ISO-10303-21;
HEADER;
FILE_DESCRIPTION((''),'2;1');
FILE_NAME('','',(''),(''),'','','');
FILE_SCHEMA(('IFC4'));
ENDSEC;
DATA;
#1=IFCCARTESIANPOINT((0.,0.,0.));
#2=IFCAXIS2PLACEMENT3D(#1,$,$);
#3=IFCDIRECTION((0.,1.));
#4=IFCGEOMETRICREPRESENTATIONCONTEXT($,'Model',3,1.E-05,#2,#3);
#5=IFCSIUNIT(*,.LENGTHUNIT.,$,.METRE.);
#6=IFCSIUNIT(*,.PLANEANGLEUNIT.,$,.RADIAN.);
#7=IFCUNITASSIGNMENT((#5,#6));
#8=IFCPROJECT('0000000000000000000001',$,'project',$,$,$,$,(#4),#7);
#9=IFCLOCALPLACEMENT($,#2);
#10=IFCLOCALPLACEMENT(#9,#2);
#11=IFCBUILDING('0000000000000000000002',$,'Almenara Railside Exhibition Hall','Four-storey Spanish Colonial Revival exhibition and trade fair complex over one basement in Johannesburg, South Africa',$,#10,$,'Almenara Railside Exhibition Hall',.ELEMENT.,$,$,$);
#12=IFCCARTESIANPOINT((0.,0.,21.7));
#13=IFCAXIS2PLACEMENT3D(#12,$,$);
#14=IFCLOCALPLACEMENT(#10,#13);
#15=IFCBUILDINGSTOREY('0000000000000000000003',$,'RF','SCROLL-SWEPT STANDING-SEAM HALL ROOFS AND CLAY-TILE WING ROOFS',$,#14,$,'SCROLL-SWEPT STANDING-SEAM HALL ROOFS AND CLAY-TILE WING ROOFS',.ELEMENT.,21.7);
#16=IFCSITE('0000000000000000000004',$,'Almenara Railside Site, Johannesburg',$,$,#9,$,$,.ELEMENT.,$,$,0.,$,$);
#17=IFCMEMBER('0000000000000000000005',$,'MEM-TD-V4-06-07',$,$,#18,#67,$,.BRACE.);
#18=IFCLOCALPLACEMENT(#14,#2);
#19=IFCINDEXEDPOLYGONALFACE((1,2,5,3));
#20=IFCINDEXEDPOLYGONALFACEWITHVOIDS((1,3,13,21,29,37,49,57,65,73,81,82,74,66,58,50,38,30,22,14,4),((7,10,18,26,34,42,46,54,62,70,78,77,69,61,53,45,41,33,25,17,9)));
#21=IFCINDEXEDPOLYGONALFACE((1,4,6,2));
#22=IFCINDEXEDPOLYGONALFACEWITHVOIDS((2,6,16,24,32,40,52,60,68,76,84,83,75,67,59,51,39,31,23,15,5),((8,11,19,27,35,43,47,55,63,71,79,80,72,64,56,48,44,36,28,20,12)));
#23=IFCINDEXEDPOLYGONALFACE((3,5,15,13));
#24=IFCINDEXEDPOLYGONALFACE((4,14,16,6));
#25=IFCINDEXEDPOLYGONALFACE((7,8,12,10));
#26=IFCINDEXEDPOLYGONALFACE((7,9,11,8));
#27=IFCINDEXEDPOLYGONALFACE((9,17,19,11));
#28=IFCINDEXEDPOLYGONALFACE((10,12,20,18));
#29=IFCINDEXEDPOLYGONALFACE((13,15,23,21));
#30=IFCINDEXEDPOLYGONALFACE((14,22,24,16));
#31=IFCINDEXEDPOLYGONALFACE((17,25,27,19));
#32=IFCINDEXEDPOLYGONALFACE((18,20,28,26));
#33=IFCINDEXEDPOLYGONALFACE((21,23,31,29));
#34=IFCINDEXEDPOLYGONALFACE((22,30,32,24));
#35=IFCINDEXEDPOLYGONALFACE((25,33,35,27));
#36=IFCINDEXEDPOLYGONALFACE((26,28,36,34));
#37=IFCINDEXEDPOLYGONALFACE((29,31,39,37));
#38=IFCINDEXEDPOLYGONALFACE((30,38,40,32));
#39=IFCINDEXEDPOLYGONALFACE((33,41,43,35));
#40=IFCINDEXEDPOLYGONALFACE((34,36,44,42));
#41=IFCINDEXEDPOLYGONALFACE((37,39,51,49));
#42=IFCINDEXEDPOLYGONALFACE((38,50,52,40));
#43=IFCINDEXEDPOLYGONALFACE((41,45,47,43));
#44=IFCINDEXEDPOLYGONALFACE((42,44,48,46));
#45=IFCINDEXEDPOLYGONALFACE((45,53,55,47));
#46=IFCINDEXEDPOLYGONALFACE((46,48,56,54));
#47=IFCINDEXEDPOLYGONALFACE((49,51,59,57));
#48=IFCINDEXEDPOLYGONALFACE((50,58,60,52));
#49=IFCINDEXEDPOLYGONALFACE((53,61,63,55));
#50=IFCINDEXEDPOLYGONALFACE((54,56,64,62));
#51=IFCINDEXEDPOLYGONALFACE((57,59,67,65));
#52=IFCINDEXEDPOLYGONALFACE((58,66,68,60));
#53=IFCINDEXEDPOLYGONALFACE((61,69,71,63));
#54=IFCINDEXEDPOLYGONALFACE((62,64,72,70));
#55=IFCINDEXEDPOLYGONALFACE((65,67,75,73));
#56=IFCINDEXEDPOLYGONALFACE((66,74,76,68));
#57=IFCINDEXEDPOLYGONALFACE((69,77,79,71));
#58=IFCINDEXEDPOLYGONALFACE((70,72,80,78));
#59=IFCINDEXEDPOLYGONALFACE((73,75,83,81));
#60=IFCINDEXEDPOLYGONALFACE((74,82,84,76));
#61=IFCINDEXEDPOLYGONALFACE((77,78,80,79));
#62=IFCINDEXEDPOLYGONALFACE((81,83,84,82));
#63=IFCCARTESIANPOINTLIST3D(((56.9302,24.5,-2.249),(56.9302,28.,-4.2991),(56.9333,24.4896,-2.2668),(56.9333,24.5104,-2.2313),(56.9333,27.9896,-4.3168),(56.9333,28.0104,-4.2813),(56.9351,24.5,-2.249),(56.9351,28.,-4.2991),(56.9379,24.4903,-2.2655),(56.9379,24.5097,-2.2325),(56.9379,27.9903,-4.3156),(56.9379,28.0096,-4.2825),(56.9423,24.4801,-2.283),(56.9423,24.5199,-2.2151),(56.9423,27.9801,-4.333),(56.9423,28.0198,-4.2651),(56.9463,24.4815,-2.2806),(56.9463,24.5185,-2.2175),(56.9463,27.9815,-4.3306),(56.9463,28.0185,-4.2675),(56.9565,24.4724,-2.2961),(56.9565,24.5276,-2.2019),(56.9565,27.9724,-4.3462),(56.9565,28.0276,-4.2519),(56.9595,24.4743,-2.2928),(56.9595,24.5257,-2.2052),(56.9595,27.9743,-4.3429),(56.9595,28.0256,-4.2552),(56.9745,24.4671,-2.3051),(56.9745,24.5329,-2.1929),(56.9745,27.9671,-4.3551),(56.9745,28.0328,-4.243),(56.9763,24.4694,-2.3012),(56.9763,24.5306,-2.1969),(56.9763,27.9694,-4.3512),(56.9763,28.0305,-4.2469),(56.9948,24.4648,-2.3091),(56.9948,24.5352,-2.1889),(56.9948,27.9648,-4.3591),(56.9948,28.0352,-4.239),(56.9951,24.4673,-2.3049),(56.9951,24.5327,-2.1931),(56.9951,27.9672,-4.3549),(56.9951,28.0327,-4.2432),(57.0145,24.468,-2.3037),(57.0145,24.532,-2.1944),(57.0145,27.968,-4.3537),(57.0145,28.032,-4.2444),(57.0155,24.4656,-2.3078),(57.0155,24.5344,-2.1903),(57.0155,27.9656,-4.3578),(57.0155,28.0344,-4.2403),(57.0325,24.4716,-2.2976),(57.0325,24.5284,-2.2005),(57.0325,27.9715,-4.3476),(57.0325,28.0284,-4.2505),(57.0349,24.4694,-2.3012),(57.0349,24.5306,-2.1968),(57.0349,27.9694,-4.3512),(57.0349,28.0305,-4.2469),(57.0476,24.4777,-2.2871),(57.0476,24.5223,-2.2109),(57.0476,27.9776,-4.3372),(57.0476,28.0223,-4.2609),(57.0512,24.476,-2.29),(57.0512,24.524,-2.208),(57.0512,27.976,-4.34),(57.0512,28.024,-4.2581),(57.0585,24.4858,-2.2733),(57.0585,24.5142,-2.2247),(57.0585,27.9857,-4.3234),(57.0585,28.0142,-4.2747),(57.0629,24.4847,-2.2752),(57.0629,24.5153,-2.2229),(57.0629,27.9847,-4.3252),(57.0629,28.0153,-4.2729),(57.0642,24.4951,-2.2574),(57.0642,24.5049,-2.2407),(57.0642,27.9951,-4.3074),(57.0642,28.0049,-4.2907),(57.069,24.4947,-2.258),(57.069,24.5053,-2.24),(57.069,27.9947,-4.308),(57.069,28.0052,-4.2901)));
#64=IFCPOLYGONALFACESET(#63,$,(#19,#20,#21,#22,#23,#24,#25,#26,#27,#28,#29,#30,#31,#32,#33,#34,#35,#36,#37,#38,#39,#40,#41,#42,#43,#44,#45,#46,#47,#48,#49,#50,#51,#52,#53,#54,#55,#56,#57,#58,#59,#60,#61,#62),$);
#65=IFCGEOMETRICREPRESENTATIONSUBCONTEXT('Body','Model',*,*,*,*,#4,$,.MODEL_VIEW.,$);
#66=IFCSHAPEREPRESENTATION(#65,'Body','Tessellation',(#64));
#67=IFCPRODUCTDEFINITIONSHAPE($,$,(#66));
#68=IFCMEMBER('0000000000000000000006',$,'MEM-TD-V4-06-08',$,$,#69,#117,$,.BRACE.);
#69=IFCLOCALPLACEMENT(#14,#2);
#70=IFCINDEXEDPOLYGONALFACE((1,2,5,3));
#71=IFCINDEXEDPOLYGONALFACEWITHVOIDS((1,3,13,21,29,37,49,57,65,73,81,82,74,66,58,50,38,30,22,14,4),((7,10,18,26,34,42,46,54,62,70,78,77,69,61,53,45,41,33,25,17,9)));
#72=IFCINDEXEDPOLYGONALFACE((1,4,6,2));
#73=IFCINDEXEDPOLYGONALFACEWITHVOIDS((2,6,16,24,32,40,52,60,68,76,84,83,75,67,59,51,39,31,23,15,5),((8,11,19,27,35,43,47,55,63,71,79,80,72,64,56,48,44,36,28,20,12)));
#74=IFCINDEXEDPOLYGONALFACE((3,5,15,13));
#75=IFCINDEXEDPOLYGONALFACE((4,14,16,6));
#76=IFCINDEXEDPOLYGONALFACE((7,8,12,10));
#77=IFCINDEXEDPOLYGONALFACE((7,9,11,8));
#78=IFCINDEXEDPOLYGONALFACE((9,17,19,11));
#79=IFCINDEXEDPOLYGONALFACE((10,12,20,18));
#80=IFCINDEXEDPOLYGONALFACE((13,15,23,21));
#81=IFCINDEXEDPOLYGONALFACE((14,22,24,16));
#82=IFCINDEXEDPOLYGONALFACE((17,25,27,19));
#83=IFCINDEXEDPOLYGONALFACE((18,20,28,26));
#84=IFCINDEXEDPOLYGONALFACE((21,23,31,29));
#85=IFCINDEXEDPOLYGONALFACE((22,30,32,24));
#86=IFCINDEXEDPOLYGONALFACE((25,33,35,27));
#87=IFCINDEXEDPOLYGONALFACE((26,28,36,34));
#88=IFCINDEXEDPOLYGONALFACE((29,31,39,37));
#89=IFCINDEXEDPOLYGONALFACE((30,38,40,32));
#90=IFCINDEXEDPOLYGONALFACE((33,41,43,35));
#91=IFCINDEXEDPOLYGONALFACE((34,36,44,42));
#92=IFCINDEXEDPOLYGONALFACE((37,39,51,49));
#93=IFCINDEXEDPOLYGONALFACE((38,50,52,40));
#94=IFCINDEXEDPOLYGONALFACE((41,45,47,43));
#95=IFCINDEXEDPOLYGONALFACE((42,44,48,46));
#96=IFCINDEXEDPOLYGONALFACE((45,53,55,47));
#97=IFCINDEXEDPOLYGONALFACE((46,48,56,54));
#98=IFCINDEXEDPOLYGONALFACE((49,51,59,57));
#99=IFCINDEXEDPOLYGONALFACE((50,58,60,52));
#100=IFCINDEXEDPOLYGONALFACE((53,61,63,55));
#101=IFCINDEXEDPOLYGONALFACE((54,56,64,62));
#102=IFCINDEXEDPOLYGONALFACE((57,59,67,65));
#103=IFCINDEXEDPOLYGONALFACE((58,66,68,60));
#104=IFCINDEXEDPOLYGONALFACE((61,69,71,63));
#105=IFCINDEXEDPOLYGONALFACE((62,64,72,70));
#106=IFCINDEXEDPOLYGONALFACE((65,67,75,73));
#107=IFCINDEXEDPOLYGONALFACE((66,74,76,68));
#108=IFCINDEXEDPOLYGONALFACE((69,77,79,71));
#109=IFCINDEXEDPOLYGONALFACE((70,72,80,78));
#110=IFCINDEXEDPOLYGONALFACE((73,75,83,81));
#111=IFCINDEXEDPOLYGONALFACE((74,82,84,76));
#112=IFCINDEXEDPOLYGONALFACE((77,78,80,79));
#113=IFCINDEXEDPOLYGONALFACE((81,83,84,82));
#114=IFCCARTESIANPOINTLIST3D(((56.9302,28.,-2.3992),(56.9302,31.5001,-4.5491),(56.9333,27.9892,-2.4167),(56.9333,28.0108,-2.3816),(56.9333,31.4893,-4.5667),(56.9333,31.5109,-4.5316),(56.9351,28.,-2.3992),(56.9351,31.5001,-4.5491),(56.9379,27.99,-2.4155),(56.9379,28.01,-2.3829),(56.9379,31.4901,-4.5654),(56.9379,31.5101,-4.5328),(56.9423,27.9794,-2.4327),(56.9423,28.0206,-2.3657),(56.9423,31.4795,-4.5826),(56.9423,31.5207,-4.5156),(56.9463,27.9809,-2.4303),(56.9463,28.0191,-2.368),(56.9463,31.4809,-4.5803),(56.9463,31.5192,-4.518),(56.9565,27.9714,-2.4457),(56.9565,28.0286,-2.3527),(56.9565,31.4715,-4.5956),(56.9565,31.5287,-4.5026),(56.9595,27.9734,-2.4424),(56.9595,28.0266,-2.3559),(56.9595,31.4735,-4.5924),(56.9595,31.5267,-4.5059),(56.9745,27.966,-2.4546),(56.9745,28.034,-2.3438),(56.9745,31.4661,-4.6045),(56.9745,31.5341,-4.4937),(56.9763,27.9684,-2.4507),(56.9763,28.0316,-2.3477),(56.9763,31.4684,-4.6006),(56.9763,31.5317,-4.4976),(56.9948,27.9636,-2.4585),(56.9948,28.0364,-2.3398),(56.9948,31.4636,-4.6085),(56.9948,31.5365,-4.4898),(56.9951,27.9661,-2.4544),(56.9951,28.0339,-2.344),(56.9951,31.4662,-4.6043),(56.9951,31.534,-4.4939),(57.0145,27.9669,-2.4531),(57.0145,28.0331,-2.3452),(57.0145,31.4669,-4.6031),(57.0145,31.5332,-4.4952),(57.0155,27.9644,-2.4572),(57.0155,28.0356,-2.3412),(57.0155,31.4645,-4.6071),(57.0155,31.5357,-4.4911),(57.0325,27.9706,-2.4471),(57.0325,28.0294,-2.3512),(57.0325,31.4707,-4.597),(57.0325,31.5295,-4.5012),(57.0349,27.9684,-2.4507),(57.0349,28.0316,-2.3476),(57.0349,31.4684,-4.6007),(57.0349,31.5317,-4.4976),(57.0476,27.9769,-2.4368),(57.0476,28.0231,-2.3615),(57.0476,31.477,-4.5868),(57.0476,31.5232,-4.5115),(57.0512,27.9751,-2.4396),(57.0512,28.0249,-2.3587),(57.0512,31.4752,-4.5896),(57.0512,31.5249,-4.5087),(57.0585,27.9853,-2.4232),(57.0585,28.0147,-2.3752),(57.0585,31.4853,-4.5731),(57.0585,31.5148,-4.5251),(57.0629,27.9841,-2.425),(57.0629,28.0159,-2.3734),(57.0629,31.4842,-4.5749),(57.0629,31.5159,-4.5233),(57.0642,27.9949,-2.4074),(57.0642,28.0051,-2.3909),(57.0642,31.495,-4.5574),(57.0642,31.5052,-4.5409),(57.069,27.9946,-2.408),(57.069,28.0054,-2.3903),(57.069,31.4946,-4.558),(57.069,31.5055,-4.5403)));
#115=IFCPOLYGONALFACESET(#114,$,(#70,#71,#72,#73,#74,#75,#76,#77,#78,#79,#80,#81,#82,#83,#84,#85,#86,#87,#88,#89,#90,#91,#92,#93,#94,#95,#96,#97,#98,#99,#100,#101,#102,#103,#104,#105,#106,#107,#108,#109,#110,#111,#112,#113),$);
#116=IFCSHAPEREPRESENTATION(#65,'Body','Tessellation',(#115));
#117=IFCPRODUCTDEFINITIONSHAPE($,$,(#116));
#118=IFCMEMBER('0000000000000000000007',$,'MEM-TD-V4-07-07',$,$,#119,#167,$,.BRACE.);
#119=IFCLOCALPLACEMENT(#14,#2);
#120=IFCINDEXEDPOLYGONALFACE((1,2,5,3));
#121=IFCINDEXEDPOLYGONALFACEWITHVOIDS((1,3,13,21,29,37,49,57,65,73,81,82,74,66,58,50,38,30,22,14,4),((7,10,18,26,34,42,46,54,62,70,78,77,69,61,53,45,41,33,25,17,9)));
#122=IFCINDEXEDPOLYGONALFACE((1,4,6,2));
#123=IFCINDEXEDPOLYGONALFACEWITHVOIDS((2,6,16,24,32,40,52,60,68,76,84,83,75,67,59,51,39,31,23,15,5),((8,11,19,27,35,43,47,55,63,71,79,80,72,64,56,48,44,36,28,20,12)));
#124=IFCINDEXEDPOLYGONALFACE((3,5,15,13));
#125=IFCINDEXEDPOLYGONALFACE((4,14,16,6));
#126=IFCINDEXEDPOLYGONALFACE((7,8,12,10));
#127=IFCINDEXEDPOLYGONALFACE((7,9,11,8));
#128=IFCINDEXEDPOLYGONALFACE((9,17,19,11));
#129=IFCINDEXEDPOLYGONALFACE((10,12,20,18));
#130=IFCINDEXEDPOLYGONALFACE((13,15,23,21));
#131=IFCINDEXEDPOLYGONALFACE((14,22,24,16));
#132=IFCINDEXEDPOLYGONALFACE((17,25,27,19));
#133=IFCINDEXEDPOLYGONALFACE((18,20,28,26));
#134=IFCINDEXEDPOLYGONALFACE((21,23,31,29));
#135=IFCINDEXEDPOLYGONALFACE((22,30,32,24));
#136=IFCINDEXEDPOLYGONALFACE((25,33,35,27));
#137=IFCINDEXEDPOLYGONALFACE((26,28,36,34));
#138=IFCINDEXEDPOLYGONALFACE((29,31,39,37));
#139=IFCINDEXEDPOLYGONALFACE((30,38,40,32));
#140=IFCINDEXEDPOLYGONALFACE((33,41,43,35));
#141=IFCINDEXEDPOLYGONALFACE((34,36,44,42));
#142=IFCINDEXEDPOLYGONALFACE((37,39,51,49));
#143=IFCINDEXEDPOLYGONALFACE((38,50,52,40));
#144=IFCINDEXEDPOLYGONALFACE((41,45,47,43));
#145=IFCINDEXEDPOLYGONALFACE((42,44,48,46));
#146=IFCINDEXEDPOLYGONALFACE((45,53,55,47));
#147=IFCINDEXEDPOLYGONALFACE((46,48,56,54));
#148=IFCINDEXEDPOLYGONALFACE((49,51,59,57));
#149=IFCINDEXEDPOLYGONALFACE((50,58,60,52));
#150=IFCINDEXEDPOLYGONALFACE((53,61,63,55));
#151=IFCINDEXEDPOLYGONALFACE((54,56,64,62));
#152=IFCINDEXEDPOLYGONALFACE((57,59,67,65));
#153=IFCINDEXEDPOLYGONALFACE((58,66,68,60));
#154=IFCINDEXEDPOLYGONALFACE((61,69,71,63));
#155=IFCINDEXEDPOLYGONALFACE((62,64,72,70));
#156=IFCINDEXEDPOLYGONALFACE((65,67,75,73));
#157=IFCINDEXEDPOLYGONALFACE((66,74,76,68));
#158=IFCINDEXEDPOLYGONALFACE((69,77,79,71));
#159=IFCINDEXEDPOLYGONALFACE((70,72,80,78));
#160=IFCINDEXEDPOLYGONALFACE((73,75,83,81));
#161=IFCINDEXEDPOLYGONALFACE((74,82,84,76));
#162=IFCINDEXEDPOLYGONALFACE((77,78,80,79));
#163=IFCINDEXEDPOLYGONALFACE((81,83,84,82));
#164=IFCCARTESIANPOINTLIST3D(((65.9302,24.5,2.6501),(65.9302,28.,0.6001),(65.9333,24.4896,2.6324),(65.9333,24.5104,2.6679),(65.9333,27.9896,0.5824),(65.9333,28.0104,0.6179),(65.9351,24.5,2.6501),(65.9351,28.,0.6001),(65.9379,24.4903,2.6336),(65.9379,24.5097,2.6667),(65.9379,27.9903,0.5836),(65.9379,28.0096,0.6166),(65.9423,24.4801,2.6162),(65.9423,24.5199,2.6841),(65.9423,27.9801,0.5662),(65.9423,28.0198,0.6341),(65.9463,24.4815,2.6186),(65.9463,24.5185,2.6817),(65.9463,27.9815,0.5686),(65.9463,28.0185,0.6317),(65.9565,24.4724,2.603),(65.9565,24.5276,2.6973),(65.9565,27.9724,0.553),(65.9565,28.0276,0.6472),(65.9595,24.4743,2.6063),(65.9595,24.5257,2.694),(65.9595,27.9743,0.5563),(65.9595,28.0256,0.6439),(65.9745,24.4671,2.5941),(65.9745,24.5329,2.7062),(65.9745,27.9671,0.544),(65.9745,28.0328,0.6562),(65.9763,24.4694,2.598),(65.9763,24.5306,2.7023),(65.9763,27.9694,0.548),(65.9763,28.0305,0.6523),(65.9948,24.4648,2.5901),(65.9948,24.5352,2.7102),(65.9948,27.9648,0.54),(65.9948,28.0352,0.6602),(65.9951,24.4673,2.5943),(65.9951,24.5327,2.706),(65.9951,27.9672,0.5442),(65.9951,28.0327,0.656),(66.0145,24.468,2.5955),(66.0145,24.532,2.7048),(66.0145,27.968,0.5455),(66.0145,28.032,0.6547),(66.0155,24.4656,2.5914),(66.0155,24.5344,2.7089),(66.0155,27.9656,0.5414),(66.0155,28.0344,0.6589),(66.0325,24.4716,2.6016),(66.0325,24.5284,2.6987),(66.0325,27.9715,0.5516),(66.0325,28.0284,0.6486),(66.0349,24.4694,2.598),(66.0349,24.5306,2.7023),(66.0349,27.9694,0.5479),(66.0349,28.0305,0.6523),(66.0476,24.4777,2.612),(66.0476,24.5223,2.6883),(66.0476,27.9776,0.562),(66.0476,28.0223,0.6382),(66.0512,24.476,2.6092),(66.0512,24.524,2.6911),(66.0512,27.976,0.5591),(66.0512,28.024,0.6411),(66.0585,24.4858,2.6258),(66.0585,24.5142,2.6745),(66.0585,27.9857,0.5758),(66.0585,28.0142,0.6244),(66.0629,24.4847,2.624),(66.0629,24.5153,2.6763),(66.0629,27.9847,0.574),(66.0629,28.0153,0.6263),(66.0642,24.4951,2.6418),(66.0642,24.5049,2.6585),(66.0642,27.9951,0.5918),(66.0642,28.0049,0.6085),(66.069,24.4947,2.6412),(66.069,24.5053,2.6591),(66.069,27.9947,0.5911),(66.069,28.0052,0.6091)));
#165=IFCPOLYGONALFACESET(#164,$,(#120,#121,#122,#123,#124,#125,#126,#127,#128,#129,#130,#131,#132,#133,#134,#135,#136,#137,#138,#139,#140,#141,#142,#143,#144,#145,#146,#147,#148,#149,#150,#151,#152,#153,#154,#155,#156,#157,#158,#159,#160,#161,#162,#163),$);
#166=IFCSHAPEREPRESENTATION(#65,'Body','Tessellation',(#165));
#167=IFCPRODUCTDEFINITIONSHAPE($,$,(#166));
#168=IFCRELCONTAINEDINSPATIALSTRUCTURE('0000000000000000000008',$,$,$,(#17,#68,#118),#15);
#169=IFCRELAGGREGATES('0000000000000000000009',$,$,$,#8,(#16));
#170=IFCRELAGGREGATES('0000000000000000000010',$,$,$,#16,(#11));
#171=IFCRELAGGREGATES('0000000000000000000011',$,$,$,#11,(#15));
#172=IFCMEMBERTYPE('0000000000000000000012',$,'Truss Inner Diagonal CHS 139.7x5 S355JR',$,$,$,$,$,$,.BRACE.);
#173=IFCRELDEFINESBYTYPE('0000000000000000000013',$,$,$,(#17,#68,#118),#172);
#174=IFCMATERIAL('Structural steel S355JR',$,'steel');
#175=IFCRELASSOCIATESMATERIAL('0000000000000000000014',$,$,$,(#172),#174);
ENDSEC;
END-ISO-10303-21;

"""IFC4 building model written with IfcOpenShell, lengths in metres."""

from ifc_helpers import new_model, si_unit, direction, frame, origin, origin_2d, place, context, subcontext, project, spatial, hollow_circle, extrude, material, material_profile, profile_set, type_object, element, save


model = new_model("IFC4")

# Units and contexts
model_context = context("Model", 3, precision=1e-05, world=origin(), true_north=direction((0.0, 1.0)))
body_context = subcontext(model_context, "Body", "Model", "MODEL_VIEW")
ifc_project = project(units=[si_unit("LENGTHUNIT", "METRE"), si_unit("PLANEANGLEUNIT", "RADIAN")], contexts=[model_context])

# Site, building, storey
site_placement = place(None, origin())
site = spatial("IfcSite", under=ifc_project, at=site_placement, Name="Almenara Railside Site, Johannesburg", CompositionType="ELEMENT", RefElevation=0.0)
building_placement = place(site_placement, origin())
building = spatial("IfcBuilding", under=site, at=building_placement, Name="Almenara Railside Exhibition Hall", Description="Four-storey Spanish Colonial Revival exhibition and trade fair complex over one basement in Johannesburg, South Africa", LongName="Almenara Railside Exhibition Hall", CompositionType="ELEMENT")
storey_placement = place(building_placement, frame((0.0, 0.0, 21.7)))
storey = spatial("IfcBuildingStorey", under=building, at=storey_placement, Name="RF", Description="SCROLL-SWEPT STANDING-SEAM HALL ROOFS AND CLAY-TILE WING ROOFS", LongName="SCROLL-SWEPT STANDING-SEAM HALL ROOFS AND CLAY-TILE WING ROOFS", CompositionType="ELEMENT", Elevation=21.7)

# Members
ifc_material_1 = material(Name="Structural steel S355JR", Category="steel")
ifc_material_profile_1 = material_profile(ifc_material_1, hollow_circle(Radius=0.0698, WallThickness=0.0049, at=origin_2d()), Name="CHS 139.7x5")
ifc_profile_set_1 = profile_set([ifc_material_profile_1], Name="Structural steel S355JR")
member_type_1 = type_object("IfcMemberType", Name="Truss Inner Diagonal CHS 139.7x5 S355JR", PredefinedType="BRACE", material=ifc_profile_set_1)
member_1_placement = place(storey_placement, frame((57.0, 24.5, -2.249), z_axis=(0.0, 0.862878, -0.505412), x_axis=(-1.0, 0.0, 0.0)))
element("IfcMember", 1, at=member_1_placement, inside=storey, type_object=member_type_1, Name="MEM-TD-V4-06-07", PredefinedType="BRACE", context=body_context, shape_type="SweptSolid", body=[
    extrude(hollow_circle(Radius=0.0698, WallThickness=0.0049, at=origin_2d()), origin(), (0.0, 0.0, 1.0), 4.0562),
])
member_2_placement = place(storey_placement, frame((57.0, 28.0, -2.3992), z_axis=(0.0, 0.852087, -0.523401), x_axis=(-1.0, 0.0, 0.0)))
element("IfcMember", 2, at=member_2_placement, inside=storey, type_object=member_type_1, Name="MEM-TD-V4-06-08", PredefinedType="BRACE", context=body_context, shape_type="SweptSolid", body=[
    extrude(hollow_circle(Radius=0.0698, WallThickness=0.0049, at=origin_2d()), origin(), (0.0, 0.0, 1.0), 4.1077),
])
member_3_placement = place(storey_placement, frame((66.0, 24.5, 2.6501), z_axis=(0.0, 0.862878, -0.505412), x_axis=(-1.0, 0.0, 0.0)))
element("IfcMember", 3, at=member_3_placement, inside=storey, type_object=member_type_1, Name="MEM-TD-V4-07-07", PredefinedType="BRACE", context=body_context, shape_type="SweptSolid", body=[
    extrude(hollow_circle(Radius=0.0698, WallThickness=0.0049, at=origin_2d()), origin(), (0.0, 0.0, 1.0), 4.0562),
])

save(model, "model.ifc")
